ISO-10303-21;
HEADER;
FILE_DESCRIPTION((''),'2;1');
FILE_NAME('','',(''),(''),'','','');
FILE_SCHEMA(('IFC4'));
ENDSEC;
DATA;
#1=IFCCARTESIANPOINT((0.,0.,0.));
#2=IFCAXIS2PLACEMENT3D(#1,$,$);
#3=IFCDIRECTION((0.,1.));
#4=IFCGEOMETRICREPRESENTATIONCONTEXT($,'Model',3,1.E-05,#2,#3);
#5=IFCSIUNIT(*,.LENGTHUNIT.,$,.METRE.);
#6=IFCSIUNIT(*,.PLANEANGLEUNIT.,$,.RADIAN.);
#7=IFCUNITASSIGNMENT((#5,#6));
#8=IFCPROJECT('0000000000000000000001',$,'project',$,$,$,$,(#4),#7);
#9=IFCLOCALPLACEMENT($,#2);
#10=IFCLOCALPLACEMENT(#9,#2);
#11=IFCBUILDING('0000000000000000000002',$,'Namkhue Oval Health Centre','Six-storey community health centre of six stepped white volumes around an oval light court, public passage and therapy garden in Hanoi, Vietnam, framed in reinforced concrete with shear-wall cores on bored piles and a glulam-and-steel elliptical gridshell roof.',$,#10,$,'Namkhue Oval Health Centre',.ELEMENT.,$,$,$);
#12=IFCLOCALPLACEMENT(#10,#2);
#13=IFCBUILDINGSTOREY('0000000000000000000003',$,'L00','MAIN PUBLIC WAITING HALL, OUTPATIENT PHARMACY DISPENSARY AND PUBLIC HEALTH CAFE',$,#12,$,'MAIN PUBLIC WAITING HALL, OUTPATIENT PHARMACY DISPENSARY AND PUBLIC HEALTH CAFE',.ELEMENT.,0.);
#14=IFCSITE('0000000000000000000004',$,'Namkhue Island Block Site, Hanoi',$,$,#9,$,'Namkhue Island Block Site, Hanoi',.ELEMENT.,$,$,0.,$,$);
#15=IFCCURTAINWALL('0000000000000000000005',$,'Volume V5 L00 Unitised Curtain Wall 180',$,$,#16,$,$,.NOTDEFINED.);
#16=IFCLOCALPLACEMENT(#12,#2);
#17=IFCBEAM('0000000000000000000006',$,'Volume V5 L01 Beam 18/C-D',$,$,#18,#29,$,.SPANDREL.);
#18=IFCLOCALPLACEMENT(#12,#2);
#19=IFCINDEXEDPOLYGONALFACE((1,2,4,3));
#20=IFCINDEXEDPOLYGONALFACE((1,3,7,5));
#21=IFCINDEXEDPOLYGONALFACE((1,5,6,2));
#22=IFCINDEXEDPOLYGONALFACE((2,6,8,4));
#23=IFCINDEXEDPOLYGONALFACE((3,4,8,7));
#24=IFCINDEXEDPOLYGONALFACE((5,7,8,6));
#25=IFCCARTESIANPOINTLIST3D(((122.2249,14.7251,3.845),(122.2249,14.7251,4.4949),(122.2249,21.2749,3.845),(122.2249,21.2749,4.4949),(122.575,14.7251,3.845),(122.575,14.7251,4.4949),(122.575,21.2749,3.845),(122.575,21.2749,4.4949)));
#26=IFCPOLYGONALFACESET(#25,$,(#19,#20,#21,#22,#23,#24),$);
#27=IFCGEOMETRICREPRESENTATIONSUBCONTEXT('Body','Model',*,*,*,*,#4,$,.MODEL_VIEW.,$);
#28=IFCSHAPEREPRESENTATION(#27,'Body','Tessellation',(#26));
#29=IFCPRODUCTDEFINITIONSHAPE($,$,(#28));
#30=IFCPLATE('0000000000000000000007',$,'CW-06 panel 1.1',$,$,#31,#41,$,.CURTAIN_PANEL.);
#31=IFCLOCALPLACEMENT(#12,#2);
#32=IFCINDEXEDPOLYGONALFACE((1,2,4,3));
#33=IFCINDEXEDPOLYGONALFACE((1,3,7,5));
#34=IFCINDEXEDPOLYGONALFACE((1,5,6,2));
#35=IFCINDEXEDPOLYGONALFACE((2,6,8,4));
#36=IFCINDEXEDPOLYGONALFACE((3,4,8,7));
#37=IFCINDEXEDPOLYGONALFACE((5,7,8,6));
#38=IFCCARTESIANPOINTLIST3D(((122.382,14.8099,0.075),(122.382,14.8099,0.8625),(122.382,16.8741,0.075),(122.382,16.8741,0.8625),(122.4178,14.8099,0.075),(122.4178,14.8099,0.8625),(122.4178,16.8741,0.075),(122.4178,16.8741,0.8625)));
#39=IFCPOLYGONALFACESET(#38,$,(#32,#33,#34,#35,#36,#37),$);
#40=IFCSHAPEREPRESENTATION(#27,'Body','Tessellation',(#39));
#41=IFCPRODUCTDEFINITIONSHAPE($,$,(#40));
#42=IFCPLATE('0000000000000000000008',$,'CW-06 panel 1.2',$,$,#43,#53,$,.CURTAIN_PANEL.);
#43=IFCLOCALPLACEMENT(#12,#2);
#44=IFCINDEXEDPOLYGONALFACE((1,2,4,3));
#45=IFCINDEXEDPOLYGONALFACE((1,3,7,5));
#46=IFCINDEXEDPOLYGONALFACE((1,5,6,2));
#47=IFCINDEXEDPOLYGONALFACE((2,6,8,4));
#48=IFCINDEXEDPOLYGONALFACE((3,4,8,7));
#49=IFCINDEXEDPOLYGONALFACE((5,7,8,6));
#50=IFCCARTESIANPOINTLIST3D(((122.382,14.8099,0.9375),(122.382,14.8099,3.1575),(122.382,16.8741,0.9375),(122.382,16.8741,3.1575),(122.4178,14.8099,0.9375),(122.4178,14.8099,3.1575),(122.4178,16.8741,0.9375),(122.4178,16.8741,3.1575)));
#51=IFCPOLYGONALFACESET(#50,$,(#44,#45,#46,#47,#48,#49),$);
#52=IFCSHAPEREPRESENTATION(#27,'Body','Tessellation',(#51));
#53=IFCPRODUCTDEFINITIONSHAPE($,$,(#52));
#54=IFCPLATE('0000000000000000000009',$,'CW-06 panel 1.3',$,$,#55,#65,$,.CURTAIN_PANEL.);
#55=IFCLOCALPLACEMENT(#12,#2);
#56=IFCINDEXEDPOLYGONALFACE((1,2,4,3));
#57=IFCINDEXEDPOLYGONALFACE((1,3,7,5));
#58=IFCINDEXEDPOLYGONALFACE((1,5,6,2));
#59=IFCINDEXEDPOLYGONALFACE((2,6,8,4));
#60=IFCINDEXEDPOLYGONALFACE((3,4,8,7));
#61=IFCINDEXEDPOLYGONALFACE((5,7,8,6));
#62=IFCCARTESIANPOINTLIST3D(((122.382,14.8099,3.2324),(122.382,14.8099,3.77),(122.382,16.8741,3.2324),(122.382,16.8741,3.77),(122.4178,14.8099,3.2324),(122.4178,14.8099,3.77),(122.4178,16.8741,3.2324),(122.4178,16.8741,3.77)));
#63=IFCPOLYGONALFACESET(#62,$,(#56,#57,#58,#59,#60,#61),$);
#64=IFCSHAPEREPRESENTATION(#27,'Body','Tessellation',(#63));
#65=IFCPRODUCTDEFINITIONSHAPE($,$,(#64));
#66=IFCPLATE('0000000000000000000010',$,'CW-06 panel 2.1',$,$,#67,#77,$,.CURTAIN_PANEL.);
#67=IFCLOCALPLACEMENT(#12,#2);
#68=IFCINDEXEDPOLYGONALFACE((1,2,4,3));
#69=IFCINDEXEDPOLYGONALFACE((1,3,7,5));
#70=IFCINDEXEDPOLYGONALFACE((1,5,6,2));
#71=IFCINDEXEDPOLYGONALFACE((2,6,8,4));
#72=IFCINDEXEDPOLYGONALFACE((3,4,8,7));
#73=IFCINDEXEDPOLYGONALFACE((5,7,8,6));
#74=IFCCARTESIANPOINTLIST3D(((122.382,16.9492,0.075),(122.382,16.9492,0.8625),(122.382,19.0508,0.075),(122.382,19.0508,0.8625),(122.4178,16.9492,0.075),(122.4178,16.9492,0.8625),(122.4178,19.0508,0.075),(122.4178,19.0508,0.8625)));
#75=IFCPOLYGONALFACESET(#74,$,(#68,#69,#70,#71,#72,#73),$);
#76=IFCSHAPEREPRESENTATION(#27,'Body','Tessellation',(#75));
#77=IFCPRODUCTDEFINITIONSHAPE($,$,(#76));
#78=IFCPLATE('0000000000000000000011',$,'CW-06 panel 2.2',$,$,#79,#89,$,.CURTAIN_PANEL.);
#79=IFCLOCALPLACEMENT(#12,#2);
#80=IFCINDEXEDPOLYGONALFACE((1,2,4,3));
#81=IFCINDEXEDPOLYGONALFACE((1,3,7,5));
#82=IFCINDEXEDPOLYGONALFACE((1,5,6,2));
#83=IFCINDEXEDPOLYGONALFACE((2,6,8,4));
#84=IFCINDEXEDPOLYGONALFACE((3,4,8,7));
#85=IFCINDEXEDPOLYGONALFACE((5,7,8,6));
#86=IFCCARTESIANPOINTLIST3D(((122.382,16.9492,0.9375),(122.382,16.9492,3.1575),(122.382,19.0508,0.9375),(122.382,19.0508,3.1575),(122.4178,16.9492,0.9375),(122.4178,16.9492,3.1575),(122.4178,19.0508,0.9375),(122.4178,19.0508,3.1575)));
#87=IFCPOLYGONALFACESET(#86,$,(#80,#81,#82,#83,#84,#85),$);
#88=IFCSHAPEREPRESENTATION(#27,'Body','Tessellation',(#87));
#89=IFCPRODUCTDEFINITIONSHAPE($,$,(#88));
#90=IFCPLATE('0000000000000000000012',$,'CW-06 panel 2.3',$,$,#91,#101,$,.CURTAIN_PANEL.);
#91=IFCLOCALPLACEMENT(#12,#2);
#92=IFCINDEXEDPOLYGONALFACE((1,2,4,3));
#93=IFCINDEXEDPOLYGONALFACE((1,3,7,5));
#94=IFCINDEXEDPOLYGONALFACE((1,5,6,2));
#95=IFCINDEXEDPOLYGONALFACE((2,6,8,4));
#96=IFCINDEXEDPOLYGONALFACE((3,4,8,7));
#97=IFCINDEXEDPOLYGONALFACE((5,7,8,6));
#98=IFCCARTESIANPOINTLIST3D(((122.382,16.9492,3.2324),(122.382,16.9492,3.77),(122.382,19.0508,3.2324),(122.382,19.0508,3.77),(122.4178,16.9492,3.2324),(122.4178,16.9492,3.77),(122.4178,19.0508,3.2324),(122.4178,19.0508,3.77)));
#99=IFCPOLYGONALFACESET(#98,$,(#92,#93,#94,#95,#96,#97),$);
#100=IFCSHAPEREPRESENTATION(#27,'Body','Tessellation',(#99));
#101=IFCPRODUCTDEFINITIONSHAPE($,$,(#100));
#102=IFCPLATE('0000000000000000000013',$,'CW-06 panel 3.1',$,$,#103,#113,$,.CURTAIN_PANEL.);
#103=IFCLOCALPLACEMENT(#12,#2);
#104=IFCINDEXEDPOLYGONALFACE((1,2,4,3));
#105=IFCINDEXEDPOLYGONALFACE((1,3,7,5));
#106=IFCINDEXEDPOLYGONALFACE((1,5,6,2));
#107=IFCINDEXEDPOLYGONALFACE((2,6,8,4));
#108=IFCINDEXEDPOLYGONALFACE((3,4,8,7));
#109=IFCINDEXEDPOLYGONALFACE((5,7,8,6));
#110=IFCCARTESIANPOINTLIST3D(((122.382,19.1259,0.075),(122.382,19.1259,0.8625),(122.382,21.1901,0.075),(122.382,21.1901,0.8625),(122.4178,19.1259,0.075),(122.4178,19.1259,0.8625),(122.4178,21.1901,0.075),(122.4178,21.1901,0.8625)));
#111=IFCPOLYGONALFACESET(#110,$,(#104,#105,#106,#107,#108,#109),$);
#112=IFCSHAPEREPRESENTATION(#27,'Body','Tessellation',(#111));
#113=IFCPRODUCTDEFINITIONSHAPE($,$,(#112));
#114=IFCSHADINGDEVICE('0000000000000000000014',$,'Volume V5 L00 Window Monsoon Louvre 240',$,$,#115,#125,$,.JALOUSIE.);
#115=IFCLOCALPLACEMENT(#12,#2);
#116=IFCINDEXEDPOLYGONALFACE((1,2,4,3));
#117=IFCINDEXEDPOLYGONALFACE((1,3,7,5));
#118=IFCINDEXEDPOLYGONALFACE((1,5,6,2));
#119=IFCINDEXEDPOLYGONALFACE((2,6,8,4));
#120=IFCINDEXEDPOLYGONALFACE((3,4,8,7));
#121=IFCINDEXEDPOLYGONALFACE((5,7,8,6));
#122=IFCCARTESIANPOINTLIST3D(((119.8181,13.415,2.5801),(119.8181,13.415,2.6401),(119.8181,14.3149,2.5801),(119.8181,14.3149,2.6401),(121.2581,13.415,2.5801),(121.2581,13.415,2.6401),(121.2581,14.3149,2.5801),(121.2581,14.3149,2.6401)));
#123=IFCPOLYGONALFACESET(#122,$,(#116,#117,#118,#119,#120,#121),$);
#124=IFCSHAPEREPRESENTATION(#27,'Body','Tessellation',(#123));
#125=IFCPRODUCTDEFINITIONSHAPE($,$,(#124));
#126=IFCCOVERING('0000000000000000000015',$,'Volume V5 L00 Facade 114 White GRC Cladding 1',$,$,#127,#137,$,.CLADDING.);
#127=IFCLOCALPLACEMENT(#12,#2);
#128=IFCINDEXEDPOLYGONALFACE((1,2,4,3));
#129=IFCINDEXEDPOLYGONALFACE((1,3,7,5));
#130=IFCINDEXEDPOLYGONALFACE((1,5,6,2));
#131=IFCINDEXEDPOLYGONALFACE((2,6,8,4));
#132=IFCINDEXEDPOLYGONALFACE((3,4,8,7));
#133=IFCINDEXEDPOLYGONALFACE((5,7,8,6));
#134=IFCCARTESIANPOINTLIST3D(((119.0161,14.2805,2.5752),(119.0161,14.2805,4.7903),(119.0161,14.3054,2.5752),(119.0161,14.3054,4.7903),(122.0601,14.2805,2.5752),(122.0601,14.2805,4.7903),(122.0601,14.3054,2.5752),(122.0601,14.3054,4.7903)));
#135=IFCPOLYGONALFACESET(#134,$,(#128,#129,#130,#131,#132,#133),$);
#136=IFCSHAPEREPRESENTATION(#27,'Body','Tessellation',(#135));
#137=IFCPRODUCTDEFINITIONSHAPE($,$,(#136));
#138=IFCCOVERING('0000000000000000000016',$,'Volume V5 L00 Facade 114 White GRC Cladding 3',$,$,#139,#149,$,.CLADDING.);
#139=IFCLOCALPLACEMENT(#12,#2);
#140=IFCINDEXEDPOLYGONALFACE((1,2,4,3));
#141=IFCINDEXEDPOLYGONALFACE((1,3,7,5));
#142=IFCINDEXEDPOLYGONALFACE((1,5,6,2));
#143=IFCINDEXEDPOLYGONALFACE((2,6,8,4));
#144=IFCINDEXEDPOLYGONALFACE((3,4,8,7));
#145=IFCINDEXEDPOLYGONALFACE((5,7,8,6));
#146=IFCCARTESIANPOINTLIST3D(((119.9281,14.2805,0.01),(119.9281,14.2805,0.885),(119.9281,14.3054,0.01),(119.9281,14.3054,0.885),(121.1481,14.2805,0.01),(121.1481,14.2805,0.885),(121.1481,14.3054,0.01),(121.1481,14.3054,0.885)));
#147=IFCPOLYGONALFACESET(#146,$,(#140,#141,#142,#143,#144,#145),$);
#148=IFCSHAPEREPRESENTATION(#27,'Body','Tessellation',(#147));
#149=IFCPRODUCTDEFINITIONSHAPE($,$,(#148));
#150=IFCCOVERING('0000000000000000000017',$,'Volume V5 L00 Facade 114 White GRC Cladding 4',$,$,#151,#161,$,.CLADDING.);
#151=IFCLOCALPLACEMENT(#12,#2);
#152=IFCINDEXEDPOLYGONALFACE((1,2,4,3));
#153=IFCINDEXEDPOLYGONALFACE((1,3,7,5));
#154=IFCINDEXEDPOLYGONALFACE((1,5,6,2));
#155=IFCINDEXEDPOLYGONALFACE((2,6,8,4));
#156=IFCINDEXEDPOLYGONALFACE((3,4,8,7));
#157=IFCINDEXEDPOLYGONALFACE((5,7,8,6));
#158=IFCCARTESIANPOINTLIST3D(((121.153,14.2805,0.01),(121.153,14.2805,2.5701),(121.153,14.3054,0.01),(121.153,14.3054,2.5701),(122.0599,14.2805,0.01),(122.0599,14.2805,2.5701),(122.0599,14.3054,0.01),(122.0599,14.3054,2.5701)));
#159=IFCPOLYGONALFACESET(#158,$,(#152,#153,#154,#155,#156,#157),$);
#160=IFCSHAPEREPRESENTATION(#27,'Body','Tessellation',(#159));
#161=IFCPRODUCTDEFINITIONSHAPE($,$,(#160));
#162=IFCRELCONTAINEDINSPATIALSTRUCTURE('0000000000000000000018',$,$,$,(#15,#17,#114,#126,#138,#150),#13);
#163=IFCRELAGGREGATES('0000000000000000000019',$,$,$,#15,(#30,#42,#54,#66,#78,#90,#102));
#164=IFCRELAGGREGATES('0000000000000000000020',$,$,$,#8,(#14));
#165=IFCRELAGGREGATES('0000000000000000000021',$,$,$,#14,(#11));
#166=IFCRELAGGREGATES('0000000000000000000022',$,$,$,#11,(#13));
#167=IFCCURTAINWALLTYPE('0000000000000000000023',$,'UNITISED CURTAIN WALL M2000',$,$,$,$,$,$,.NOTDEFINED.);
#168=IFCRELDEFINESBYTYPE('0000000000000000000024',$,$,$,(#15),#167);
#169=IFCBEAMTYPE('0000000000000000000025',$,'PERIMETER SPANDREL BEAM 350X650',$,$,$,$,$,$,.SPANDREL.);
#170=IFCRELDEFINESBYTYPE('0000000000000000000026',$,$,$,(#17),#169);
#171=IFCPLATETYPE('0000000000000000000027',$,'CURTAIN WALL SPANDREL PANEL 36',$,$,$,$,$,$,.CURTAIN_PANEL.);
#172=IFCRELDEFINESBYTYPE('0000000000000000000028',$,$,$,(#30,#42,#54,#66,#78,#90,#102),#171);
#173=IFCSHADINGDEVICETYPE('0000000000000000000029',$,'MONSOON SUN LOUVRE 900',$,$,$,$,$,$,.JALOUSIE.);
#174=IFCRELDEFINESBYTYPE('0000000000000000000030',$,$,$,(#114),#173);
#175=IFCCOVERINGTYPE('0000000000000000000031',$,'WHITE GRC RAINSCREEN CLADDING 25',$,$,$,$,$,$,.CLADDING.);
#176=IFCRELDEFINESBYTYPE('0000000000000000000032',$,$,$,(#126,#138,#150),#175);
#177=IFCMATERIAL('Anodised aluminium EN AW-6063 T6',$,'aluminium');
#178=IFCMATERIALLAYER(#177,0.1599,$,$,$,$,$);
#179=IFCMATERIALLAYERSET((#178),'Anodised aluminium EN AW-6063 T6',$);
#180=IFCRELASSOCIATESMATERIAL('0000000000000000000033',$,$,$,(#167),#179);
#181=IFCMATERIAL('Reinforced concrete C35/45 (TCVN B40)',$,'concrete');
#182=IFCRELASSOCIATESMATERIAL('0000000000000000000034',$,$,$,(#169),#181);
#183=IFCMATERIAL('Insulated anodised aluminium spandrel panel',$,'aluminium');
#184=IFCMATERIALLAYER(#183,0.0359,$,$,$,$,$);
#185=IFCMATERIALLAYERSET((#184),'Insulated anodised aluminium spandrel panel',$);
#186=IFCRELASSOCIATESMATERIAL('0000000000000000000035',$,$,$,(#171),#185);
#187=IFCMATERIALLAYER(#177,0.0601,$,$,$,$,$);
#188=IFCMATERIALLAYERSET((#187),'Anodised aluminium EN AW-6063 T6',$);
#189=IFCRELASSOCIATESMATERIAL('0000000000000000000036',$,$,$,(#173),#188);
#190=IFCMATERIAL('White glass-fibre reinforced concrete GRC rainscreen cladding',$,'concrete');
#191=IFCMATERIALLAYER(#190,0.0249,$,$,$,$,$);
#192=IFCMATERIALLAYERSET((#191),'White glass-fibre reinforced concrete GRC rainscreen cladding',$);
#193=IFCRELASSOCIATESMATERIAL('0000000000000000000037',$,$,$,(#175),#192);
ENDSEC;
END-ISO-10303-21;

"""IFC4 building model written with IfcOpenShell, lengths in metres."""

from ifc_helpers import new_model, si_unit, direction, frame, origin, origin_2d, place, context, subcontext, project, spatial, rectangle, extrude, material, layer, layer_set, material_profile, profile_set, type_object, element, aggregate, save


model = new_model("IFC4")

# Units and contexts
model_context = context("Model", 3, precision=1e-05, world=origin(), true_north=direction((0.0, 1.0)))
body_context = subcontext(model_context, "Body", "Model", "MODEL_VIEW")
ifc_project = project(units=[si_unit("LENGTHUNIT", "METRE"), si_unit("PLANEANGLEUNIT", "RADIAN")], contexts=[model_context])

# Site, building, storey
site_placement = place(None, origin())
site = spatial("IfcSite", under=ifc_project, at=site_placement, Name="Namkhue Island Block Site, Hanoi", LongName="Namkhue Island Block Site, Hanoi", CompositionType="ELEMENT", RefElevation=0.0)
building_placement = place(site_placement, origin())
building = spatial("IfcBuilding", under=site, at=building_placement, Name="Namkhue Oval Health Centre", Description="Six-storey community health centre of six stepped white volumes around an oval light court, public passage and therapy garden in Hanoi, Vietnam, framed in reinforced concrete with shear-wall cores on bored piles and a glulam-and-steel elliptical gridshell roof.", LongName="Namkhue Oval Health Centre", CompositionType="ELEMENT")
storey_placement = place(building_placement, origin())
storey = spatial("IfcBuildingStorey", under=building, at=storey_placement, Name="L00", Description="MAIN PUBLIC WAITING HALL, OUTPATIENT PHARMACY DISPENSARY AND PUBLIC HEALTH CAFE", LongName="MAIN PUBLIC WAITING HALL, OUTPATIENT PHARMACY DISPENSARY AND PUBLIC HEALTH CAFE", CompositionType="ELEMENT", Elevation=0.0)

# Shared definitions
ifc_material_1 = material(Name="Reinforced concrete C35/45 (TCVN B40)", Category="concrete")

# Curtain wall
ifc_material_2 = material(Name="Anodised aluminium EN AW-6063 T6", Category="aluminium")
ifc_layer_1 = layer(ifc_material_2, 0.1599)
ifc_layer_set_1 = layer_set([ifc_layer_1], Name="Anodised aluminium EN AW-6063 T6")
curtain_wall_type = type_object("IfcCurtainWallType", Name="UNITISED CURTAIN WALL M2000", PredefinedType="NOTDEFINED", material=ifc_layer_set_1)
curtain_wall_placement = place(storey_placement, origin())
curtain_wall = element("IfcCurtainWall", 1, at=curtain_wall_placement, inside=storey, type_object=curtain_wall_type, Name="Volume V5 L00 Unitised Curtain Wall 180", PredefinedType="NOTDEFINED")

# Beam
ifc_material_profile_1 = material_profile(ifc_material_1, rectangle(XDim=0.3501, YDim=0.6499, at=origin_2d()), Name="RC 350x650")
ifc_profile_set_1 = profile_set([ifc_material_profile_1], Name="Reinforced concrete C35/45 (TCVN B40)")
beam_type = type_object("IfcBeamType", Name="PERIMETER SPANDREL BEAM 350X650", PredefinedType="SPANDREL", material=ifc_profile_set_1)
beam_placement = place(storey_placement, frame((122.3999, 14.7251, 4.1699), z_axis=(0.0, 1.0, 0.0), x_axis=(-1.0, 0.0, 0.0)))
element("IfcBeam", 2, at=beam_placement, inside=storey, type_object=beam_type, Name="Volume V5 L01 Beam 18/C-D", PredefinedType="SPANDREL", context=body_context, shape_type="SweptSolid", body=[
    extrude(rectangle(XDim=0.3501, YDim=0.6499, at=origin_2d()), origin(), (0.0, 0.0, 1.0), 6.5498),
])

# Plates
ifc_material_3 = material(Name="Insulated anodised aluminium spandrel panel", Category="aluminium")
ifc_layer_2 = layer(ifc_material_3, 0.0359)
ifc_layer_set_2 = layer_set([ifc_layer_2], Name="Insulated anodised aluminium spandrel panel")
plate_type = type_object("IfcPlateType", Name="CURTAIN WALL SPANDREL PANEL 36", PredefinedType="CURTAIN_PANEL", material=ifc_layer_set_2)
plate_1_placement = place(storey_placement, frame((122.3999, 15.842, 0.075), z_axis=(0.0, 0.0, 1.0), x_axis=(0.0, 1.0, 0.0)))
plate_1 = element("IfcPlate", 3, at=plate_1_placement, type_object=plate_type, Name="CW-06 panel 1.1", PredefinedType="CURTAIN_PANEL", context=body_context, shape_type="SweptSolid", body=[
    extrude(rectangle(XDim=2.0642, YDim=0.0359, at=origin_2d()), origin(), (0.0, 0.0, 1.0), 0.7876),
])
plate_2_placement = place(storey_placement, frame((122.3999, 15.842, 0.9375), z_axis=(0.0, 0.0, 1.0), x_axis=(0.0, 1.0, 0.0)))
plate_2 = element("IfcPlate", 4, at=plate_2_placement, type_object=plate_type, Name="CW-06 panel 1.2", PredefinedType="CURTAIN_PANEL", context=body_context, shape_type="SweptSolid", body=[
    extrude(rectangle(XDim=2.0642, YDim=0.0359, at=origin_2d()), origin(), (0.0, 0.0, 1.0), 2.22),
])
plate_3_placement = place(storey_placement, frame((122.3999, 15.842, 3.2324), z_axis=(0.0, 0.0, 1.0), x_axis=(0.0, 1.0, 0.0)))
plate_3 = element("IfcPlate", 5, at=plate_3_placement, type_object=plate_type, Name="CW-06 panel 1.3", PredefinedType="CURTAIN_PANEL", context=body_context, shape_type="SweptSolid", body=[
    extrude(rectangle(XDim=2.0642, YDim=0.0359, at=origin_2d()), origin(), (0.0, 0.0, 1.0), 0.5376),
])
plate_4_placement = place(storey_placement, frame((122.3999, 18.0, 0.075), z_axis=(0.0, 0.0, 1.0), x_axis=(0.0, 1.0, 0.0)))
plate_4 = element("IfcPlate", 6, at=plate_4_placement, type_object=plate_type, Name="CW-06 panel 2.1", PredefinedType="CURTAIN_PANEL", context=body_context, shape_type="SweptSolid", body=[
    extrude(rectangle(XDim=2.1016, YDim=0.0359, at=origin_2d()), origin(), (0.0, 0.0, 1.0), 0.7876),
])
plate_5_placement = place(storey_placement, frame((122.3999, 18.0, 0.9375), z_axis=(0.0, 0.0, 1.0), x_axis=(0.0, 1.0, 0.0)))
plate_5 = element("IfcPlate", 7, at=plate_5_placement, type_object=plate_type, Name="CW-06 panel 2.2", PredefinedType="CURTAIN_PANEL", context=body_context, shape_type="SweptSolid", body=[
    extrude(rectangle(XDim=2.1016, YDim=0.0359, at=origin_2d()), origin(), (0.0, 0.0, 1.0), 2.22),
])
plate_6_placement = place(storey_placement, frame((122.3999, 18.0, 3.2324), z_axis=(0.0, 0.0, 1.0), x_axis=(0.0, 1.0, 0.0)))
plate_6 = element("IfcPlate", 8, at=plate_6_placement, type_object=plate_type, Name="CW-06 panel 2.3", PredefinedType="CURTAIN_PANEL", context=body_context, shape_type="SweptSolid", body=[
    extrude(rectangle(XDim=2.1016, YDim=0.0359, at=origin_2d()), origin(), (0.0, 0.0, 1.0), 0.5376),
])
plate_7_placement = place(storey_placement, frame((122.3999, 20.158, 0.075), z_axis=(0.0, 0.0, 1.0), x_axis=(0.0, 1.0, 0.0)))
plate_7 = element("IfcPlate", 9, at=plate_7_placement, type_object=plate_type, Name="CW-06 panel 3.1", PredefinedType="CURTAIN_PANEL", context=body_context, shape_type="SweptSolid", body=[
    extrude(rectangle(XDim=2.0642, YDim=0.0359, at=origin_2d()), origin(), (0.0, 0.0, 1.0), 0.7876),
])
aggregate(curtain_wall, [plate_1, plate_2, plate_3, plate_4, plate_5, plate_6, plate_7])

# Shading device
ifc_layer_3 = layer(ifc_material_2, 0.0601)
ifc_layer_set_3 = layer_set([ifc_layer_3], Name="Anodised aluminium EN AW-6063 T6")
shading_device_type = type_object("IfcShadingDeviceType", Name="MONSOON SUN LOUVRE 900", PredefinedType="JALOUSIE", material=ifc_layer_set_3)
shading_device_placement = place(storey_placement, frame((120.5381, 13.865, 2.5801), z_axis=(0.0, 0.0, 1.0), x_axis=(1.0, 0.0, 0.0)))
element("IfcShadingDevice", 10, at=shading_device_placement, inside=storey, type_object=shading_device_type, Name="Volume V5 L00 Window Monsoon Louvre 240", PredefinedType="JALOUSIE", context=body_context, shape_type="SweptSolid", body=[
    extrude(rectangle(XDim=1.4399, YDim=0.8999, at=origin_2d()), origin(), (0.0, 0.0, 1.0), 0.0601),
])

# Coverings
ifc_material_4 = material(Name="White glass-fibre reinforced concrete GRC rainscreen cladding", Category="concrete")
ifc_layer_4 = layer(ifc_material_4, 0.0249)
ifc_layer_set_4 = layer_set([ifc_layer_4], Name="White glass-fibre reinforced concrete GRC rainscreen cladding")
covering_type = type_object("IfcCoveringType", Name="WHITE GRC RAINSCREEN CLADDING 25", PredefinedType="CLADDING", material=ifc_layer_set_4)
covering_1_placement = place(storey_placement, frame((120.5381, 14.293, 2.5752), z_axis=(0.0, 0.0, 1.0), x_axis=(1.0, 0.0, 0.0)))
element("IfcCovering", 11, at=covering_1_placement, inside=storey, type_object=covering_type, Name="Volume V5 L00 Facade 114 White GRC Cladding 1", PredefinedType="CLADDING", context=body_context, shape_type="SweptSolid", body=[
    extrude(rectangle(XDim=3.0439, YDim=0.0249, at=origin_2d()), origin(), (0.0, 0.0, 1.0), 2.2151),
])
covering_2_placement = place(storey_placement, frame((120.5381, 14.293, 0.01), z_axis=(0.0, 0.0, 1.0), x_axis=(1.0, 0.0, 0.0)))
element("IfcCovering", 12, at=covering_2_placement, inside=storey, type_object=covering_type, Name="Volume V5 L00 Facade 114 White GRC Cladding 3", PredefinedType="CLADDING", context=body_context, shape_type="SweptSolid", body=[
    extrude(rectangle(XDim=1.22, YDim=0.0249, at=origin_2d()), origin(), (0.0, 0.0, 1.0), 0.875),
])
covering_3_placement = place(storey_placement, frame((121.6064, 14.293, 0.01), z_axis=(0.0, 0.0, 1.0), x_axis=(1.0, 0.0, 0.0)))
element("IfcCovering", 13, at=covering_3_placement, inside=storey, type_object=covering_type, Name="Volume V5 L00 Facade 114 White GRC Cladding 4", PredefinedType="CLADDING", context=body_context, shape_type="SweptSolid", body=[
    extrude(rectangle(XDim=0.907, YDim=0.0249, at=origin_2d()), origin(), (0.0, 0.0, 1.0), 2.5601),
])

save(model, "model.ifc")
